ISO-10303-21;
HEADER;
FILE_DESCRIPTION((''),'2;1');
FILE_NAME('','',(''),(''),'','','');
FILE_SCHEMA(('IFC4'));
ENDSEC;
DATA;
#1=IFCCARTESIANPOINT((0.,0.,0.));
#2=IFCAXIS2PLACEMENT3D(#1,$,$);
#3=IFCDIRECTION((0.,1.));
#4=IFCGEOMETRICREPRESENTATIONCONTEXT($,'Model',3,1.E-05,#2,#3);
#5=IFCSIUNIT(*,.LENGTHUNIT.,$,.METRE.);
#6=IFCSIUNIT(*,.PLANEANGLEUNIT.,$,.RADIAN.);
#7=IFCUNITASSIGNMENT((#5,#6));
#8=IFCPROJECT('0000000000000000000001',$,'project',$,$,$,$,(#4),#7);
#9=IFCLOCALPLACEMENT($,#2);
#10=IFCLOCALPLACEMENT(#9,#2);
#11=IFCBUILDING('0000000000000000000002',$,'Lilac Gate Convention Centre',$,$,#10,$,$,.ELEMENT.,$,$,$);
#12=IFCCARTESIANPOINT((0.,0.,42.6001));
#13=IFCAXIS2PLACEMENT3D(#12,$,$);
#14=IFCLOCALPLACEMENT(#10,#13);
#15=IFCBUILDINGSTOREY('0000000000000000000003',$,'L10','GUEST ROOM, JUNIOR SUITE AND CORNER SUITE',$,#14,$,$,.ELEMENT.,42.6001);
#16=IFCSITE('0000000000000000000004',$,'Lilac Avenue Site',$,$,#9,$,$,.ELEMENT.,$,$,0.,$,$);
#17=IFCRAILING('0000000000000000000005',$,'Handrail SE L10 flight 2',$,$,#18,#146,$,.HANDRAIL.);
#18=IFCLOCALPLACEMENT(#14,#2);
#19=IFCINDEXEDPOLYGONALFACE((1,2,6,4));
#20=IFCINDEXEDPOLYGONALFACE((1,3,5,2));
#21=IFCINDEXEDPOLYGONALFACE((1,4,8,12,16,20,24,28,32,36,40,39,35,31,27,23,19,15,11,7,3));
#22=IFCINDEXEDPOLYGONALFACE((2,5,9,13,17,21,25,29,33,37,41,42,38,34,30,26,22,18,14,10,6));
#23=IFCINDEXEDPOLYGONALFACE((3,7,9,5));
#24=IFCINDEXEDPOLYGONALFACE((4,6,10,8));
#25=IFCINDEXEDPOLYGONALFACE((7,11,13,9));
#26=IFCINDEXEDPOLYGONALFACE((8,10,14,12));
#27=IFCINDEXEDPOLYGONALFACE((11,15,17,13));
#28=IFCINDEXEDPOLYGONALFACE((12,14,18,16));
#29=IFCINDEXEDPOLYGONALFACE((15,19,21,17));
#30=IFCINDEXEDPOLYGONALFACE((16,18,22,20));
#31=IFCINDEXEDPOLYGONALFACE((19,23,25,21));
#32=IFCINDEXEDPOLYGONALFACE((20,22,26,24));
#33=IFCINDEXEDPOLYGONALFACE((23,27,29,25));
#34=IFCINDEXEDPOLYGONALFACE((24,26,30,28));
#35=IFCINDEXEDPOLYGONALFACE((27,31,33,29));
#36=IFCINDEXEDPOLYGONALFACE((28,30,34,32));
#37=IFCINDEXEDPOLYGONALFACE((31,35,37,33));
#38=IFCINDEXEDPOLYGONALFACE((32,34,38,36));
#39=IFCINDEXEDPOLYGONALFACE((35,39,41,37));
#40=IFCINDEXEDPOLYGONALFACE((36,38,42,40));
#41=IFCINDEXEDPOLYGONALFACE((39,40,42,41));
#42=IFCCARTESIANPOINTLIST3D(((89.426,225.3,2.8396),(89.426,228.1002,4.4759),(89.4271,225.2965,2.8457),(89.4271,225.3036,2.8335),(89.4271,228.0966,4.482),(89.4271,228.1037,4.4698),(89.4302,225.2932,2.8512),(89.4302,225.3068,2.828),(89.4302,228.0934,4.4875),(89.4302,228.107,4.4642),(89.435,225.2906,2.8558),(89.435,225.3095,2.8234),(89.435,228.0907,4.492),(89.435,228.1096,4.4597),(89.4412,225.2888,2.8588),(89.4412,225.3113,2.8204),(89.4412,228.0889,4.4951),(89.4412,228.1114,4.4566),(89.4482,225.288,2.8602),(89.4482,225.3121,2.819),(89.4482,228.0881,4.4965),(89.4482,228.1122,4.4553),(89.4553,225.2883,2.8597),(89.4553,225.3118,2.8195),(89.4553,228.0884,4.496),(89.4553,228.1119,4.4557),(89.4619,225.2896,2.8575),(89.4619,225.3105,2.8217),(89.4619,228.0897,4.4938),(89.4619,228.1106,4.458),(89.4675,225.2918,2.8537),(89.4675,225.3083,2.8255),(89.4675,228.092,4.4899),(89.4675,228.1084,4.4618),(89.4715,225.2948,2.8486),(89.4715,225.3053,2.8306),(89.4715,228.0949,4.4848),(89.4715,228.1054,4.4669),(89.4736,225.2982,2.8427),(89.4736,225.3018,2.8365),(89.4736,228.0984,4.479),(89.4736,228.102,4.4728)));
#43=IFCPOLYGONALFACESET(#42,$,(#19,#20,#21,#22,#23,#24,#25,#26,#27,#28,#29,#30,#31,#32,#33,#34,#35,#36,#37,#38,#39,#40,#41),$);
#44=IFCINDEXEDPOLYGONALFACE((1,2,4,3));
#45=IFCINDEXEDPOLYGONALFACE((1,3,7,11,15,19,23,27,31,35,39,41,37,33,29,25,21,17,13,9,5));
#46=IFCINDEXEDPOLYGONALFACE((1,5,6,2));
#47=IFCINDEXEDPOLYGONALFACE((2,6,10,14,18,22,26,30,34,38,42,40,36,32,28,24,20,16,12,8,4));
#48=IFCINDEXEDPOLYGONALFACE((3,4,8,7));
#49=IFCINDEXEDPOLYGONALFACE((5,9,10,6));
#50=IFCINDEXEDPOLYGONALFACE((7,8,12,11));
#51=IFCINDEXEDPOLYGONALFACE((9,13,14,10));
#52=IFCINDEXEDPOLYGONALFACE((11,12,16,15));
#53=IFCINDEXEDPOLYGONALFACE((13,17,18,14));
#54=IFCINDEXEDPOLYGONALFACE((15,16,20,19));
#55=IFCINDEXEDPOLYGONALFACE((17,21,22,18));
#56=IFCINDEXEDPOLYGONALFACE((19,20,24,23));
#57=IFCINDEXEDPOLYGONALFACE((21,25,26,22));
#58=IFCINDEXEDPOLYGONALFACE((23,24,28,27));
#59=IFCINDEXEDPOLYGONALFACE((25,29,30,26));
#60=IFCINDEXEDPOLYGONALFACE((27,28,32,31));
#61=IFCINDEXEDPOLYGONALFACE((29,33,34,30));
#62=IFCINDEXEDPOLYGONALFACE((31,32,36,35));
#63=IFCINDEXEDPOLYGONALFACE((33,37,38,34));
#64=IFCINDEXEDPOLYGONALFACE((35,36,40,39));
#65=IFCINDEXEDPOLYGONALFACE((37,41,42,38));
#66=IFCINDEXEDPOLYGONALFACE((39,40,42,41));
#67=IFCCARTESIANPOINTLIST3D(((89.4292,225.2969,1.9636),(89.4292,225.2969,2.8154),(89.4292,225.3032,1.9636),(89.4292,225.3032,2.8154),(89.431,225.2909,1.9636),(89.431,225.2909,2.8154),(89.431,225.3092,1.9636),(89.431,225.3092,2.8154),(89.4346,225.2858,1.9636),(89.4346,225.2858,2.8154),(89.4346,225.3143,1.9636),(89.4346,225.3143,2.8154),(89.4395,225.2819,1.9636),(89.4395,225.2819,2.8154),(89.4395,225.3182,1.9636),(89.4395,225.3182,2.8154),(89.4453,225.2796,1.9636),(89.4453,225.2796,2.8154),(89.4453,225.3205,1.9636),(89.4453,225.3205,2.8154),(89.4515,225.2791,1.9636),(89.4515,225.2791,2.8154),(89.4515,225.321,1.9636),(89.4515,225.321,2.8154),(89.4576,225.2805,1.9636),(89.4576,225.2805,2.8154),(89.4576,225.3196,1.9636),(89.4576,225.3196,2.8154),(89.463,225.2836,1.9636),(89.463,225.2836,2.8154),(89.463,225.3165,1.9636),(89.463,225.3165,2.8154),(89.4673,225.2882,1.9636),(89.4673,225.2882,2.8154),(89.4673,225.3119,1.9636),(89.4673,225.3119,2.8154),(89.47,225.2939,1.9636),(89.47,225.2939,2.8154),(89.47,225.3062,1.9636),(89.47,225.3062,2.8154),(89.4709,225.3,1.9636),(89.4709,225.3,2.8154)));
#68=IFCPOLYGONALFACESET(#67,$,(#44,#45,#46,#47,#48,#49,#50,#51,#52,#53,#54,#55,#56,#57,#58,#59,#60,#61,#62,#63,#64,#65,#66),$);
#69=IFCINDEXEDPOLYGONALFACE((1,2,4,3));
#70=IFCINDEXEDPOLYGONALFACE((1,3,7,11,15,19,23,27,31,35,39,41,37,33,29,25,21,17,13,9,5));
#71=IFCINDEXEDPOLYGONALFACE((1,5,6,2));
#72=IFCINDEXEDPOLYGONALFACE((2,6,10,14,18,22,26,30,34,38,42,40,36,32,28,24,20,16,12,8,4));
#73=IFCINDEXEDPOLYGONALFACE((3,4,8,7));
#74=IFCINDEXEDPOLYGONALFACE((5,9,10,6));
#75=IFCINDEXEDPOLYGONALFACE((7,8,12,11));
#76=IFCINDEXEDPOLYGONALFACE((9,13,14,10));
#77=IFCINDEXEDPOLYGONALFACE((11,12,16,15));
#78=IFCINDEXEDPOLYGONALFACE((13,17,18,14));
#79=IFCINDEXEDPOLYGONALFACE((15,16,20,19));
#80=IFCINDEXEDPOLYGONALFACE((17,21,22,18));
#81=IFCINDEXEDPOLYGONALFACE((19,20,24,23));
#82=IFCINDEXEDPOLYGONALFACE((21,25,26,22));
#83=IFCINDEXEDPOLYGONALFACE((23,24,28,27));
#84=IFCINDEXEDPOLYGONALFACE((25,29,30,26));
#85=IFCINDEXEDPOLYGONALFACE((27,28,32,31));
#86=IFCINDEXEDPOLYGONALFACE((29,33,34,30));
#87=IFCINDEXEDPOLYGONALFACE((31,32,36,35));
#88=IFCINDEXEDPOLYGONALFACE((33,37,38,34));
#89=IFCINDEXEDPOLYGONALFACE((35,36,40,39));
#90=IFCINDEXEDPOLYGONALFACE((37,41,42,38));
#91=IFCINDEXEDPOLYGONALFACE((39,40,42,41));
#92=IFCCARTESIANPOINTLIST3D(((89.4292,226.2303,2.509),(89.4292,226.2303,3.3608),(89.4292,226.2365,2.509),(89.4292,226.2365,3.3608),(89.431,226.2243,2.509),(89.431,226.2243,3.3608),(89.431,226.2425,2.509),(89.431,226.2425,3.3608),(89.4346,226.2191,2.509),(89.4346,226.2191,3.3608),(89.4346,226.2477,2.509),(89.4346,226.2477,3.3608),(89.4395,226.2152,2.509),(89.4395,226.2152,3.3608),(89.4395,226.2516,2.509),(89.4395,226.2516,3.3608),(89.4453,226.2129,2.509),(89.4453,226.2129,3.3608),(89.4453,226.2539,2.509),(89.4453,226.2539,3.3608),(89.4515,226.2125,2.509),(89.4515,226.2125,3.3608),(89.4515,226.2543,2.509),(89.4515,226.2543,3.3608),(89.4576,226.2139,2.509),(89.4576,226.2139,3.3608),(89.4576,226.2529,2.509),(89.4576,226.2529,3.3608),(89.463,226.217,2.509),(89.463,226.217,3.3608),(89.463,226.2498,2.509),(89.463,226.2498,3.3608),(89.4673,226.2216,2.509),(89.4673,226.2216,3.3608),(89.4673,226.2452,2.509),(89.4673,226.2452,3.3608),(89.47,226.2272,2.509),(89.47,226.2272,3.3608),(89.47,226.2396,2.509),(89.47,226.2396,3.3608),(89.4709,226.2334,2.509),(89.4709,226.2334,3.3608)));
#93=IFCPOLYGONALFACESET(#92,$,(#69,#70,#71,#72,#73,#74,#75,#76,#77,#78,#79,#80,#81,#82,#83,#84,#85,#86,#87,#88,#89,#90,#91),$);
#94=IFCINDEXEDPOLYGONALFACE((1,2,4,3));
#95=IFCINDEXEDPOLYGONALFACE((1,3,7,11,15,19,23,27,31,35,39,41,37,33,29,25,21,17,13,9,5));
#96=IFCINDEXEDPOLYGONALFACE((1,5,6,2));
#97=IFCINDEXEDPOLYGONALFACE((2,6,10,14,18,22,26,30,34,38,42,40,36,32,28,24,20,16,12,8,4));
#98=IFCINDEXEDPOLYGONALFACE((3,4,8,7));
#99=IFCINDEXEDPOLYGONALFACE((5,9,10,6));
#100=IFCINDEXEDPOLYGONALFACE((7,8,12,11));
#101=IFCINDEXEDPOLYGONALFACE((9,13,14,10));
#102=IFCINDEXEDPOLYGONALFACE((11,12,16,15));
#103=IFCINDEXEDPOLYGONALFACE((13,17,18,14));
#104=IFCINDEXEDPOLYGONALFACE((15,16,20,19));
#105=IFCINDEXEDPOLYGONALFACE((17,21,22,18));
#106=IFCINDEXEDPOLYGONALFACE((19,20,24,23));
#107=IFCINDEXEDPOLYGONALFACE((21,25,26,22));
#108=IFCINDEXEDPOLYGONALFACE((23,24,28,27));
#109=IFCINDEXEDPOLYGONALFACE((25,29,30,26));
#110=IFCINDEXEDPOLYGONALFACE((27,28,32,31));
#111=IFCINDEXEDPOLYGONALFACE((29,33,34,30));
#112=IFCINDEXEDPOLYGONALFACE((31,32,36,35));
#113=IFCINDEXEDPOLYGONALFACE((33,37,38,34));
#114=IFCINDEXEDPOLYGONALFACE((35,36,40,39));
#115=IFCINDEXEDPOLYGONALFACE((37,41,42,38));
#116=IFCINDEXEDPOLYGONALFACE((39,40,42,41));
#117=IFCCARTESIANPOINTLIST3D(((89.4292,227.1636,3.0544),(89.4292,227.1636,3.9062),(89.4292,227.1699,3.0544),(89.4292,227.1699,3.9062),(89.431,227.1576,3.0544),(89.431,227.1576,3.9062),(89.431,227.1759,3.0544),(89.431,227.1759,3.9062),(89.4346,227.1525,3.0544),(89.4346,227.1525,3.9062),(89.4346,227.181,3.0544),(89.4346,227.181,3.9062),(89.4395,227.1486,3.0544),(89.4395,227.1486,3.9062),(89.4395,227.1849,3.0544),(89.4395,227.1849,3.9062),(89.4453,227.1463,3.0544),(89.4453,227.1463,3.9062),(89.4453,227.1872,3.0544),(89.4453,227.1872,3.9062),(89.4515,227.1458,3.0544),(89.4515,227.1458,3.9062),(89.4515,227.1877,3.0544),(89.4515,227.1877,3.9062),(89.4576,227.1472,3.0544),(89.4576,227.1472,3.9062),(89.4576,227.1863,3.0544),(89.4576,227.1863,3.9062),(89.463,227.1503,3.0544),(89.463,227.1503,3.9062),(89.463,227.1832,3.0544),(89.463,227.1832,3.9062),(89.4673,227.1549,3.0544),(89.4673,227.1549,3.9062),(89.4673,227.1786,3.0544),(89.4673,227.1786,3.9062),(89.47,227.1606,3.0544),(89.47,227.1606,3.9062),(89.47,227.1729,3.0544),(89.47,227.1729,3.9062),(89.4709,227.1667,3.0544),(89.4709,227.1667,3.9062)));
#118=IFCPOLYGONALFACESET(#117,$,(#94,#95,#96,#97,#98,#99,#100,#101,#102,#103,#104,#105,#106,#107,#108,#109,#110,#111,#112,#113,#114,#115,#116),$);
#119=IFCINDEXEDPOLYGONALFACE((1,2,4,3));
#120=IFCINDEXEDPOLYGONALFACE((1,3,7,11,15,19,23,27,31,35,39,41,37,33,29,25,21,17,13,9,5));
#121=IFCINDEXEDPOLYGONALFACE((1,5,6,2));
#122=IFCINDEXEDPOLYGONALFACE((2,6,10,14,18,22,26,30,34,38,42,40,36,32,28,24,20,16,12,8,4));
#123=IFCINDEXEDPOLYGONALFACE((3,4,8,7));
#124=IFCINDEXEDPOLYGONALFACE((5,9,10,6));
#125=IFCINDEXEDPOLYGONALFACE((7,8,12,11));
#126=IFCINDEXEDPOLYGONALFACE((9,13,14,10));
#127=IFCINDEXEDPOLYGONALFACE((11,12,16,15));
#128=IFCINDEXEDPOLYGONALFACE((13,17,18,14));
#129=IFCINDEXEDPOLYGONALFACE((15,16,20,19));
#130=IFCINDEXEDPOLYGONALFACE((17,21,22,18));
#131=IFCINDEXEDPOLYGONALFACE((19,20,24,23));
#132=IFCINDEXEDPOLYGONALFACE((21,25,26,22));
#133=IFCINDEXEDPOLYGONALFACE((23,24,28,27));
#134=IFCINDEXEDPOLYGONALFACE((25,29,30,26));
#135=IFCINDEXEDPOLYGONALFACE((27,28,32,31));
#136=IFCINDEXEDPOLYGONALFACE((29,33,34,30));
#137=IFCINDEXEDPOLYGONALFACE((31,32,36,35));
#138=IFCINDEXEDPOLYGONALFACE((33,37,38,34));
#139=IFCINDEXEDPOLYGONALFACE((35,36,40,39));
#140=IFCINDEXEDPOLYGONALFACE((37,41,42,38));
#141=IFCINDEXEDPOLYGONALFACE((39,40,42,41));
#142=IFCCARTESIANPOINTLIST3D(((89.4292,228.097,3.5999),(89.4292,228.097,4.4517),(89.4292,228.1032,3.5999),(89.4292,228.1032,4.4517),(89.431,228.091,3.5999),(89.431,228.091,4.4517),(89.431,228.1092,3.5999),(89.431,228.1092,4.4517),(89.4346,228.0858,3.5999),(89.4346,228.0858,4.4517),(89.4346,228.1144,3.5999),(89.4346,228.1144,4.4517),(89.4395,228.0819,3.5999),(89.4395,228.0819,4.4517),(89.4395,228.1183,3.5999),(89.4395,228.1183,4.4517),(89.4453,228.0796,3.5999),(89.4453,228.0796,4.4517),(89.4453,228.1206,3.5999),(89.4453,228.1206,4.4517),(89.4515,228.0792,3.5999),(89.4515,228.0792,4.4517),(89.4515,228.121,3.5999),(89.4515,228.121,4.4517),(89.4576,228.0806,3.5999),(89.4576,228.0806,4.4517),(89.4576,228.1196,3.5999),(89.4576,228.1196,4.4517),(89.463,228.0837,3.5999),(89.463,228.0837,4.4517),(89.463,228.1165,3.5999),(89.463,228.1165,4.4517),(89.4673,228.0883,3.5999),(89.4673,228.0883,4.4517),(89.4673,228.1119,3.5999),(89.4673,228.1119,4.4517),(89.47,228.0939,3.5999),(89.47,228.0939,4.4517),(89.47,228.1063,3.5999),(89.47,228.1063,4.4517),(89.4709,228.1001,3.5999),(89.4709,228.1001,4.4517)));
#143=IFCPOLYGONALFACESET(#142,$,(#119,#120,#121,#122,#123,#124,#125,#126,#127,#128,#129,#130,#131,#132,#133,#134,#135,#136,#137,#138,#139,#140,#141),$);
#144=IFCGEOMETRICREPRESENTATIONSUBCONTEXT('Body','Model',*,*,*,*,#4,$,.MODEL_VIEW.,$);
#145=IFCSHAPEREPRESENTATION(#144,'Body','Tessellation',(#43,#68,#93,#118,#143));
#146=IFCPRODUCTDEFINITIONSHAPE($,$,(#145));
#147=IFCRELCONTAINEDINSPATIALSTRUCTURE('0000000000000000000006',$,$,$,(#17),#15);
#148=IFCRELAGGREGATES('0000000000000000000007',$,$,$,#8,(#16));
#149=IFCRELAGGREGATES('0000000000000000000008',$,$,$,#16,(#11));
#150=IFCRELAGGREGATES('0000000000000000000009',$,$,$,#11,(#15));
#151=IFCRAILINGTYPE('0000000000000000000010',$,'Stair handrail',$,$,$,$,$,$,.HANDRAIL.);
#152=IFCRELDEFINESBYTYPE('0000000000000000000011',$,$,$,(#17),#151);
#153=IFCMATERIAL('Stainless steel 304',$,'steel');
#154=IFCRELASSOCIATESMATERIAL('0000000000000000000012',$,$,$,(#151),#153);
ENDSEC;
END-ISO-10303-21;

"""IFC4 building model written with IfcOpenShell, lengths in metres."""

from ifc_helpers import new_model, si_unit, direction, frame, origin, origin_2d, place, context, subcontext, project, spatial, circle, extrude, material, type_object, element, save


model = new_model("IFC4")

# Units and contexts
model_context = context("Model", 3, precision=1e-05, world=origin(), true_north=direction((0.0, 1.0)))
body_context = subcontext(model_context, "Body", "Model", "MODEL_VIEW")
ifc_project = project(units=[si_unit("LENGTHUNIT", "METRE"), si_unit("PLANEANGLEUNIT", "RADIAN")], contexts=[model_context])

# Site, building, storey
site_placement = place(None, origin())
site = spatial("IfcSite", under=ifc_project, at=site_placement, Name="Lilac Avenue Site", CompositionType="ELEMENT", RefElevation=0.0)
building_placement = place(site_placement, origin())
building = spatial("IfcBuilding", under=site, at=building_placement, Name="Lilac Gate Convention Centre", CompositionType="ELEMENT")
storey_placement = place(building_placement, frame((0.0, 0.0, 42.6001)))
storey = spatial("IfcBuildingStorey", under=building, at=storey_placement, Name="L10", Description="GUEST ROOM, JUNIOR SUITE AND CORNER SUITE", CompositionType="ELEMENT", Elevation=42.6001)

# Railing
ifc_material_1 = material(Name="Stainless steel 304", Category="steel")
railing_type = type_object("IfcRailingType", Name="Stair handrail", PredefinedType="HANDRAIL", material=ifc_material_1)
for number, where, name in (
    (1, (89.45, 225.3, 1.9636), "Handrail SE L10 flight 2"),
):
    element("IfcRailing", number, at=place(storey_placement, frame(where)), inside=storey, type_object=railing_type, Name=name, PredefinedType="HANDRAIL", context=body_context, shape_type="SweptSolid", body=[
        extrude(circle(Radius=0.0239, at=origin_2d()), frame((0.0, 0.0, 0.876), z_axis=(0.0, 0.863394, 0.504531), x_axis=(-1.0, 0.0, 0.0)), (0.0, 0.0, 1.0), 3.2432),
        extrude(circle(Radius=0.021, at=origin_2d()), origin(), (0.0, 0.0, 1.0), 0.8518),
        extrude(circle(Radius=0.021, at=origin_2d()), frame((0.0, 0.9333, 0.5454)), (0.0, 0.0, 1.0), 0.8518),
        extrude(circle(Radius=0.021, at=origin_2d()), frame((0.0, 1.8667, 1.0908)), (0.0, 0.0, 1.0), 0.8518),
        extrude(circle(Radius=0.021, at=origin_2d()), frame((0.0, 2.8, 1.6362)), (0.0, 0.0, 1.0), 0.8518),
    ])

save(model, "model.ifc")
